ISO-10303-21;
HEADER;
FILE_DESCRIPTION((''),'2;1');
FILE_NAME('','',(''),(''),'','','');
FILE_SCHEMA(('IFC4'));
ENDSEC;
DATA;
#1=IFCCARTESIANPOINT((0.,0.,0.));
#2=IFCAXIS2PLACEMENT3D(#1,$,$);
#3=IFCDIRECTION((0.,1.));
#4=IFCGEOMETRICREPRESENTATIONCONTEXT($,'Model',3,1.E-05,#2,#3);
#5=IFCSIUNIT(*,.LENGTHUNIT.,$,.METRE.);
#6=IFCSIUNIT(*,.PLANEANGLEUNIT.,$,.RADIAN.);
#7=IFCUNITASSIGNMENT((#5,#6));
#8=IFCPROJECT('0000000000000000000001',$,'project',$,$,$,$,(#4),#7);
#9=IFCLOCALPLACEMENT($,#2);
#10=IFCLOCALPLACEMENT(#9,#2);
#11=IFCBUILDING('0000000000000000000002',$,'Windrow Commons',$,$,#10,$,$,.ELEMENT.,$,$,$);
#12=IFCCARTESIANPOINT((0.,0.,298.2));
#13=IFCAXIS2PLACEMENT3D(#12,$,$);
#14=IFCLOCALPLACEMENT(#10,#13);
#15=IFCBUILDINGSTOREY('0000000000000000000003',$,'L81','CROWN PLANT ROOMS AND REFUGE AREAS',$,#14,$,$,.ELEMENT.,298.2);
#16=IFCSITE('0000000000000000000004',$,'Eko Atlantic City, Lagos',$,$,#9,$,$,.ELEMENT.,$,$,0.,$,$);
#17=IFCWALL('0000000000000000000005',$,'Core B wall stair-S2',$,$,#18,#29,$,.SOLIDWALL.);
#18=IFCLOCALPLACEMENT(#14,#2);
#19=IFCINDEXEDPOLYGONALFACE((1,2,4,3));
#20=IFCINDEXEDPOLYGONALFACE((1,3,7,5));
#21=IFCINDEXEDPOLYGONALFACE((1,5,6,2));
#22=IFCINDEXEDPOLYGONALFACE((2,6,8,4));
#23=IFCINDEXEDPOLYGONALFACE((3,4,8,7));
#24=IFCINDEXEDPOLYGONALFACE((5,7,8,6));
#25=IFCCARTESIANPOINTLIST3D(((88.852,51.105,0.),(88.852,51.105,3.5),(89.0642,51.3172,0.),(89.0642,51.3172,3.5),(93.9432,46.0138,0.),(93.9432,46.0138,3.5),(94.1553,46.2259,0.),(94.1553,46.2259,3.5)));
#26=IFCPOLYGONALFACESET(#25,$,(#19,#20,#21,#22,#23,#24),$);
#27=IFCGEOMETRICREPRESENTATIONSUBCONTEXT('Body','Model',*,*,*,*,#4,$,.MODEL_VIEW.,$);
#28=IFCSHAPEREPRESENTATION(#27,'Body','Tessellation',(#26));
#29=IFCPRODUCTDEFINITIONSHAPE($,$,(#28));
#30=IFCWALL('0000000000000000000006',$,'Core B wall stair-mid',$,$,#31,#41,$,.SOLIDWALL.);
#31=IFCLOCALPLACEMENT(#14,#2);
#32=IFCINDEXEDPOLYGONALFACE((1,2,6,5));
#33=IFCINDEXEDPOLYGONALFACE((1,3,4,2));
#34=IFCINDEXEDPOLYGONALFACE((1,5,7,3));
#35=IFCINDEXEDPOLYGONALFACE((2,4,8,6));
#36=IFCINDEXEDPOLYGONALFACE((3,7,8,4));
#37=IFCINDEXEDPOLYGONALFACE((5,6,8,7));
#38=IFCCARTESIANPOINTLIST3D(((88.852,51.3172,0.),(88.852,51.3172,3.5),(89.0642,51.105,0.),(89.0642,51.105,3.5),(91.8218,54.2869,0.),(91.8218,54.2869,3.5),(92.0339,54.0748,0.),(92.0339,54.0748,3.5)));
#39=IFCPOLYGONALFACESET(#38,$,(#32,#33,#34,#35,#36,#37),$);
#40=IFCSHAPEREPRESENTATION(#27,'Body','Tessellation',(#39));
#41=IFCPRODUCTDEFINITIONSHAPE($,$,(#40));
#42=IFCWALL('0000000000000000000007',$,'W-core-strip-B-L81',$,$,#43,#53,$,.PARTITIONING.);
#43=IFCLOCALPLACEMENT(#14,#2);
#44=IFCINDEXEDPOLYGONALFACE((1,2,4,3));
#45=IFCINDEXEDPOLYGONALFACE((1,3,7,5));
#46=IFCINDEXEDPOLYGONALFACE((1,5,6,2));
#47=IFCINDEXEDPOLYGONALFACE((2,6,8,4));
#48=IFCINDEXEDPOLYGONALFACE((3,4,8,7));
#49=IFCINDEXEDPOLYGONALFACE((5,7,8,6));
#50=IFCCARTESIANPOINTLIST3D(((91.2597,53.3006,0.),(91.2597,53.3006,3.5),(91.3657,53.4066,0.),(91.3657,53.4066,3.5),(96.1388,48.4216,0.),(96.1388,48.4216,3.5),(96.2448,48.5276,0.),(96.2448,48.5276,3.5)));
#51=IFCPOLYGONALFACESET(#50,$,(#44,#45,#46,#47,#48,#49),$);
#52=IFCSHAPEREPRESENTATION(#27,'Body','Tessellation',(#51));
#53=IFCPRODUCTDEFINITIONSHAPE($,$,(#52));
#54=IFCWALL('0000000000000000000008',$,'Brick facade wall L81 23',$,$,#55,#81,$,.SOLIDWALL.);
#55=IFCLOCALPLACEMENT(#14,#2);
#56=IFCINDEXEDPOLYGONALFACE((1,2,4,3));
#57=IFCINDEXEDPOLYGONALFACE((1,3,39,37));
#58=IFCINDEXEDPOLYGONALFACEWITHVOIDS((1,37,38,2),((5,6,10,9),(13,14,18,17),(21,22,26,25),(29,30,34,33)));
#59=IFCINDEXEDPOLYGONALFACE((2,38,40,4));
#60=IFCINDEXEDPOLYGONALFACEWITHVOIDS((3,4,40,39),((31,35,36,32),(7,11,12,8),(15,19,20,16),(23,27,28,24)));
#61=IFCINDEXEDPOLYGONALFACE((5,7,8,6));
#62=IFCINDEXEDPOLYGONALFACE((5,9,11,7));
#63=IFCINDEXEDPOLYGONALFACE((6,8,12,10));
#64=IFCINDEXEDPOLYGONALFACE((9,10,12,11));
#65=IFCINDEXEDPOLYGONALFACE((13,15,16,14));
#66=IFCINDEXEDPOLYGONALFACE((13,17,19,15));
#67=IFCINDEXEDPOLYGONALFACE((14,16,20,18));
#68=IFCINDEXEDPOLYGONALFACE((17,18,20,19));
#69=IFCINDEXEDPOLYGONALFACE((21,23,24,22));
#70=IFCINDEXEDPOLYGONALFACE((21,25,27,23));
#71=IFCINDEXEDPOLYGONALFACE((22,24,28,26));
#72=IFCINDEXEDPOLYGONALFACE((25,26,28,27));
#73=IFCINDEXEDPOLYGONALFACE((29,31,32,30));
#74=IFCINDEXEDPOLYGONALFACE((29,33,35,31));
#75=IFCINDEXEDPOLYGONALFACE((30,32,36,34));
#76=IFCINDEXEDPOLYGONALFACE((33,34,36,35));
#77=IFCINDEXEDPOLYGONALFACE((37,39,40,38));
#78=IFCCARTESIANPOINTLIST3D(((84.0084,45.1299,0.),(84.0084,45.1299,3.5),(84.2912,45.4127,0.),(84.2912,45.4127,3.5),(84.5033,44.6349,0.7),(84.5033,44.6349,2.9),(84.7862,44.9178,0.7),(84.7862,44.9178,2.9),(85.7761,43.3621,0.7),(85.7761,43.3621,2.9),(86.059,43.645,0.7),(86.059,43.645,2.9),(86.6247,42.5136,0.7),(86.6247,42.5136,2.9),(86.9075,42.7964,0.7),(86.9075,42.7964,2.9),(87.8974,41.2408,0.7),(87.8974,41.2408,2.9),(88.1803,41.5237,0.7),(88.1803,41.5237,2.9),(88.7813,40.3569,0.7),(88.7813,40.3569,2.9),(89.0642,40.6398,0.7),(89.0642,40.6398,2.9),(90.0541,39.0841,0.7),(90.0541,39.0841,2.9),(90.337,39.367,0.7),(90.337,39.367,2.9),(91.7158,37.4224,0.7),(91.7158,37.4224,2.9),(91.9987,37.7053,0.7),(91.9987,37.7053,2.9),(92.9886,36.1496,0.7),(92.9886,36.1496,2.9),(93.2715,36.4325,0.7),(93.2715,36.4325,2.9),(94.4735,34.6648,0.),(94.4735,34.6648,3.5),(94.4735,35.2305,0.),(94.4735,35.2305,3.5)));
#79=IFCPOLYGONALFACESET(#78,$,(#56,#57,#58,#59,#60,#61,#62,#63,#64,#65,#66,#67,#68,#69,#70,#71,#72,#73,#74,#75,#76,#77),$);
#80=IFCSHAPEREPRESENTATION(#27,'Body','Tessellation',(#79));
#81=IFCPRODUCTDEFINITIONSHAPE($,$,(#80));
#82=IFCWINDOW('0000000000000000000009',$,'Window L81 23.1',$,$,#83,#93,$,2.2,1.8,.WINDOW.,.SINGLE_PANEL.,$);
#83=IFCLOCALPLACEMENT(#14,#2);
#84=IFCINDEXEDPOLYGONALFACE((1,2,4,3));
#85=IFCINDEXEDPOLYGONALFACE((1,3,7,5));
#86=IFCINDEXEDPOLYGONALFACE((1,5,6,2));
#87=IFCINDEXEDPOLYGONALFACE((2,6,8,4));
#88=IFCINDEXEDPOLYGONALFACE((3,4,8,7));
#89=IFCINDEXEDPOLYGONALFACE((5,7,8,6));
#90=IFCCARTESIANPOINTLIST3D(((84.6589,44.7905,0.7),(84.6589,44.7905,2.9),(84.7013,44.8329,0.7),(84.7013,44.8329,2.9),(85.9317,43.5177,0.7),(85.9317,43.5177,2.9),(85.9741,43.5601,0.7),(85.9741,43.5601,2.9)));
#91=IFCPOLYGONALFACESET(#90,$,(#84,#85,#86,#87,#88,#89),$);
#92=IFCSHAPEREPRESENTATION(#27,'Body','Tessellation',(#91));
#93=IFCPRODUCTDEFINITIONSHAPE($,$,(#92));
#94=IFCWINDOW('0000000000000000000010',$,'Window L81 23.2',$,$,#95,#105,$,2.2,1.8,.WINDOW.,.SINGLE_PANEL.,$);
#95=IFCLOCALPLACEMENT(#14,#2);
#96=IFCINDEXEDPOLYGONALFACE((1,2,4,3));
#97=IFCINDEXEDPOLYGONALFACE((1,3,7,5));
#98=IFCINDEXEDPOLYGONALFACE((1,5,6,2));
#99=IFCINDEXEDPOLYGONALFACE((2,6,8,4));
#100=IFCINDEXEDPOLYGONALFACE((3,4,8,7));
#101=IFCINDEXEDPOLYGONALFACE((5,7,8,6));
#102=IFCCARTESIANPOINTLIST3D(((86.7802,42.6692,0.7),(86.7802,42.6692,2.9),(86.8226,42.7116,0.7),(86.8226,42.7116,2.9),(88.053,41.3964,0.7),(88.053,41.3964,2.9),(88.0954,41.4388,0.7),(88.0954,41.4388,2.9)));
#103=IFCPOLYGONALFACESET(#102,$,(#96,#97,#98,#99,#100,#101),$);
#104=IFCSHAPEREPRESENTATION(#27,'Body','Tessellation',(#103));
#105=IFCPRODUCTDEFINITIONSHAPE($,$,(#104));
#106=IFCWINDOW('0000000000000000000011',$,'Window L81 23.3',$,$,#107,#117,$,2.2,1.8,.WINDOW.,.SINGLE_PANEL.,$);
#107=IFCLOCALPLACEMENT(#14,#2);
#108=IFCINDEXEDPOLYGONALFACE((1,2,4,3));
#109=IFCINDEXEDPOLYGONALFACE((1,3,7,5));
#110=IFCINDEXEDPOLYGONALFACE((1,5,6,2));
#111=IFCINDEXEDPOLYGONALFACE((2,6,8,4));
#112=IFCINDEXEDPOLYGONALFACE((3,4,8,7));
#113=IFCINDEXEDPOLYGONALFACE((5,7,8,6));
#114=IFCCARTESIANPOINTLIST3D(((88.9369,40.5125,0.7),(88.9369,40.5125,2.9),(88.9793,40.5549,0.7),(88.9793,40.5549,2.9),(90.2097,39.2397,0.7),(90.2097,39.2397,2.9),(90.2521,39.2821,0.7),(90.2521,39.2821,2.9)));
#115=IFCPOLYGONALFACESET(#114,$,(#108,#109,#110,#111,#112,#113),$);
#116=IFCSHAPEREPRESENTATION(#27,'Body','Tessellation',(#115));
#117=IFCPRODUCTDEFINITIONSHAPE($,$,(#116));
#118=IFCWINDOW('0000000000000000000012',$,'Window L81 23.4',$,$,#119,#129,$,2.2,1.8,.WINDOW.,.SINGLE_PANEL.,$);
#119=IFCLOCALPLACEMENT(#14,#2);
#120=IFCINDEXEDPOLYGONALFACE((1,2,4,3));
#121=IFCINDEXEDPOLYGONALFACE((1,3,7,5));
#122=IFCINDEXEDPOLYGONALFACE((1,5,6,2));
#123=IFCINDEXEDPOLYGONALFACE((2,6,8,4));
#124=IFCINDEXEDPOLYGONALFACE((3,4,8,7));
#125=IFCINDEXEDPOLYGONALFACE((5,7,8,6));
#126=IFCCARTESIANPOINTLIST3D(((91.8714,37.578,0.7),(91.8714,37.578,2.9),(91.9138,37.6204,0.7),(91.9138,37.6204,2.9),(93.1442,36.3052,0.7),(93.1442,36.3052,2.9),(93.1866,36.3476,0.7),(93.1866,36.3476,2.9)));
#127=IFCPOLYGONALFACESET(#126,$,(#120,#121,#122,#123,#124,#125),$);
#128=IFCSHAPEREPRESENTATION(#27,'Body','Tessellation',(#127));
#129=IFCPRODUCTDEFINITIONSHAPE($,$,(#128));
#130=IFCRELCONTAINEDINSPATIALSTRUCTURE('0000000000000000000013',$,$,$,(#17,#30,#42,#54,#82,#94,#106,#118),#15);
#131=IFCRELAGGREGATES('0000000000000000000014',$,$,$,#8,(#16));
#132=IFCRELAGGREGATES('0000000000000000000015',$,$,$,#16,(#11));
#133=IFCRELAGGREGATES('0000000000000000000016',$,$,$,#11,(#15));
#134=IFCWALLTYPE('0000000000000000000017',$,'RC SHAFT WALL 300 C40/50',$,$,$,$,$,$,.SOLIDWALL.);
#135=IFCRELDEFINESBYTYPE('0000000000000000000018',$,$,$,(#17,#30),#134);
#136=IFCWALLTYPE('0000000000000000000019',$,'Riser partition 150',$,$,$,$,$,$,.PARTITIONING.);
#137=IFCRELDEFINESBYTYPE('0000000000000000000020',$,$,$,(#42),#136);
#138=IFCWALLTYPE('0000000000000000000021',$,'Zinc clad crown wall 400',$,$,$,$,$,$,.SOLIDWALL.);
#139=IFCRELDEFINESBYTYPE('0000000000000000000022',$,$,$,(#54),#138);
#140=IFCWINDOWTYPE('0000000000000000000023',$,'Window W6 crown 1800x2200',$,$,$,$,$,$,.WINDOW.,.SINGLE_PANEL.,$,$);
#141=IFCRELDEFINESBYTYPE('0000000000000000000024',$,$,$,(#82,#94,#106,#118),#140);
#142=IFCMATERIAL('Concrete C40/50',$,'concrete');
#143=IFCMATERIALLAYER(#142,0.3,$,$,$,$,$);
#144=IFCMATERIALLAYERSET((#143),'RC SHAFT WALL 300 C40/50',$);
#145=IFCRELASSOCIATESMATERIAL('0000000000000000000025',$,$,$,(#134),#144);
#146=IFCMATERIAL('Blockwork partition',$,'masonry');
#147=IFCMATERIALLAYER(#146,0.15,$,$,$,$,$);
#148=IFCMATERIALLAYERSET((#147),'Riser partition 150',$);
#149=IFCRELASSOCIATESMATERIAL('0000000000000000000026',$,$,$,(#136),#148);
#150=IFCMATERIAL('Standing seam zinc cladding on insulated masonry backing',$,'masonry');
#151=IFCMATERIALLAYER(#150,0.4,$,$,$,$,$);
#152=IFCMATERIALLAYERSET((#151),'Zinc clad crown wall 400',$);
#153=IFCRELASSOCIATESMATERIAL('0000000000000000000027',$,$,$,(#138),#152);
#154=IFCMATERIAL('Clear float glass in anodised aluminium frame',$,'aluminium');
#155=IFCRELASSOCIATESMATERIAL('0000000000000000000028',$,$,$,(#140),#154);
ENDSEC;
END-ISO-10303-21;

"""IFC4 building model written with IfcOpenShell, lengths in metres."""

from ifc_helpers import new_model, si_unit, direction, frame, frame_2d, origin, place, context, subcontext, project, spatial, polyline, rectangle, outline, extrude, material, layer, layer_set, type_object, element, fill, save


model = new_model("IFC4")

# Units and contexts
model_context = context("Model", 3, precision=1e-05, world=origin(), true_north=direction((0.0, 1.0)))
body_context = subcontext(model_context, "Body", "Model", "MODEL_VIEW")
ifc_project = project(units=[si_unit("LENGTHUNIT", "METRE"), si_unit("PLANEANGLEUNIT", "RADIAN")], contexts=[model_context])

# Site, building, storey
site_placement = place(None, origin())
site = spatial("IfcSite", under=ifc_project, at=site_placement, Name="Eko Atlantic City, Lagos", CompositionType="ELEMENT", RefElevation=0.0)
building_placement = place(site_placement, origin())
building = spatial("IfcBuilding", under=site, at=building_placement, Name="Windrow Commons", CompositionType="ELEMENT")
storey_placement = place(building_placement, frame((0.0, 0.0, 298.2)))
storey = spatial("IfcBuildingStorey", under=building, at=storey_placement, Name="L81", Description="CROWN PLANT ROOMS AND REFUGE AREAS", CompositionType="ELEMENT", Elevation=298.2)

# Walls
ifc_material_1 = material(Name="Concrete C40/50", Category="concrete")
ifc_layer_1 = layer(ifc_material_1, 0.3)
ifc_layer_set_1 = layer_set([ifc_layer_1], Name="RC SHAFT WALL 300 C40/50")
wall_type_1 = type_object("IfcWallType", Name="RC SHAFT WALL 300 C40/50", PredefinedType="SOLIDWALL", material=ifc_layer_set_1)
wall_1_placement = place(storey_placement, frame((88.9581, 51.2111, 0.0), z_axis=(0.0, 0.0, 1.0), x_axis=(0.7071, -0.707114, 0.0)))
element("IfcWall", 1, at=wall_1_placement, inside=storey, type_object=wall_type_1, Name="Core B wall stair-S2", PredefinedType="SOLIDWALL", context=body_context, shape_type="SweptSolid", body=[
    extrude(outline(polyline([(0.0, 0.0), (7.2, 0.0), (7.2, 3.5), (0.0, 3.5), (0.0, 0.0)])), frame((0.0, 0.15, 0.0), z_axis=(0.0, -1.0, 0.0), x_axis=(1.0, 0.0, 0.0)), (0.0, 0.0, 1.0), 0.3),
])
wall_2_placement = place(storey_placement, frame((88.9581, 51.2111, 0.0), z_axis=(0.0, 0.0, 1.0), x_axis=(0.707107, 0.707107, 0.0)))
element("IfcWall", 2, at=wall_2_placement, inside=storey, type_object=wall_type_1, Name="Core B wall stair-mid", PredefinedType="SOLIDWALL", context=body_context, shape_type="SweptSolid", body=[
    extrude(outline(polyline([(0.0, 0.0), (4.1999, 0.0), (4.1999, 3.5), (0.0, 3.5), (0.0, 0.0)])), frame((0.0, 0.15, 0.0), z_axis=(0.0, -1.0, 0.0), x_axis=(1.0, 0.0, 0.0)), (0.0, 0.0, 1.0), 0.3),
])
ifc_material_2 = material(Name="Blockwork partition", Category="masonry")
ifc_layer_2 = layer(ifc_material_2, 0.15)
ifc_layer_set_2 = layer_set([ifc_layer_2], Name="Riser partition 150")
wall_type_2 = type_object("IfcWallType", Name="Riser partition 150", PredefinedType="PARTITIONING", material=ifc_layer_set_2)
wall_3_placement = place(storey_placement, frame((91.3127, 53.3536, 0.0), z_axis=(0.0, 0.0, 1.0), x_axis=(0.707114, -0.7071, 0.0)))
element("IfcWall", 3, at=wall_3_placement, inside=storey, type_object=wall_type_2, Name="W-core-strip-B-L81", PredefinedType="PARTITIONING", context=body_context, shape_type="SweptSolid", body=[
    extrude(outline(polyline([(0.0, 0.0), (6.9, 0.0), (6.9, 3.5), (0.0, 3.5), (0.0, 0.0)])), frame((0.0, 0.075, 0.0), z_axis=(0.0, -1.0, 0.0), x_axis=(1.0, 0.0, 0.0)), (0.0, 0.0, 1.0), 0.15),
])

# Wall, openings, windows
ifc_material_3 = material(Name="Standing seam zinc cladding on insulated masonry backing", Category="masonry")
ifc_layer_3 = layer(ifc_material_3, 0.4)
ifc_layer_set_3 = layer_set([ifc_layer_3], Name="Zinc clad crown wall 400")
wall_type_3 = type_object("IfcWallType", Name="Zinc clad crown wall 400", PredefinedType="SOLIDWALL", material=ifc_layer_set_3)
wall_4_placement = place(storey_placement, frame((84.2912, 45.1299, 0.0), z_axis=(0.0, 0.0, 1.0), x_axis=(0.707107, -0.707107, 0.0)))
wall_4 = element("IfcWall", 4, at=wall_4_placement, inside=storey, type_object=wall_type_3, Name="Brick facade wall L81 23", PredefinedType="SOLIDWALL", context=body_context, shape_type="SweptSolid", body=[
    extrude(outline(polyline([(-0.2, -0.2), (14.5999, -0.2), (14.1999, 0.2), (-0.2, 0.2), (-0.2, -0.2)])), origin(), (0.0, 0.0, 1.0), 3.5),
])
opening_1_placement = place(wall_4_placement, frame((0.5, 0.0, 0.7)))
opening_1 = element("IfcOpeningElement", 5, at=opening_1_placement, cuts=wall_4, PredefinedType="OPENING", context=body_context, shape_type="SweptSolid", body=[
    extrude(rectangle(XDim=1.8, YDim=2.2, at=frame_2d((0.9, 1.1))), frame((0.0, 0.21, 0.0), z_axis=(0.0, -1.0, 0.0), x_axis=(1.0, 0.0, 0.0)), (0.0, 0.0, 1.0), 0.42),
])
opening_2_placement = place(wall_4_placement, frame((3.5, 0.0, 0.7)))
opening_2 = element("IfcOpeningElement", 6, at=opening_2_placement, cuts=wall_4, PredefinedType="OPENING", context=body_context, shape_type="SweptSolid", body=[
    extrude(rectangle(XDim=1.8, YDim=2.2, at=frame_2d((0.9, 1.1))), frame((0.0, 0.21, 0.0), z_axis=(0.0, -1.0, 0.0), x_axis=(1.0, 0.0, 0.0)), (0.0, 0.0, 1.0), 0.42),
])
opening_3_placement = place(wall_4_placement, frame((6.55, 0.0, 0.7)))
opening_3 = element("IfcOpeningElement", 7, at=opening_3_placement, cuts=wall_4, PredefinedType="OPENING", context=body_context, shape_type="SweptSolid", body=[
    extrude(rectangle(XDim=1.8, YDim=2.2, at=frame_2d((0.9, 1.1))), frame((0.0, 0.21, 0.0), z_axis=(0.0, -1.0, 0.0), x_axis=(1.0, 0.0, 0.0)), (0.0, 0.0, 1.0), 0.42),
])
opening_4_placement = place(wall_4_placement, frame((10.7, 0.0, 0.7)))
opening_4 = element("IfcOpeningElement", 8, at=opening_4_placement, cuts=wall_4, PredefinedType="OPENING", context=body_context, shape_type="SweptSolid", body=[
    extrude(rectangle(XDim=1.8, YDim=2.2, at=frame_2d((0.9, 1.1))), frame((0.0, 0.21, 0.0), z_axis=(0.0, -1.0, 0.0), x_axis=(1.0, 0.0, 0.0)), (0.0, 0.0, 1.0), 0.42),
])
ifc_material_4 = material(Name="Clear float glass in anodised aluminium frame", Category="aluminium")
window_type = type_object("IfcWindowType", Name="Window W6 crown 1800x2200", PartitioningType="SINGLE_PANEL", PredefinedType="WINDOW", material=ifc_material_4)
window_1_placement = place(opening_1_placement, origin())
window_1 = element("IfcWindow", 9, at=window_1_placement, inside=storey, type_object=window_type, Name="Window L81 23.1", OverallHeight=2.2, OverallWidth=1.8, PartitioningType="SINGLE_PANEL", PredefinedType="WINDOW", context=body_context, shape_type="SweptSolid", body=[
    extrude(rectangle(XDim=1.8, YDim=2.2, at=frame_2d((0.9, 1.1))), frame((0.0, 0.08, 0.0), z_axis=(0.0, -1.0, 0.0), x_axis=(1.0, 0.0, 0.0)), (0.0, 0.0, 1.0), 0.06),
])
fill(opening_1, window_1)
window_2_placement = place(opening_2_placement, origin())
window_2 = element("IfcWindow", 10, at=window_2_placement, inside=storey, type_object=window_type, Name="Window L81 23.2", OverallHeight=2.2, OverallWidth=1.8, PartitioningType="SINGLE_PANEL", PredefinedType="WINDOW", context=body_context, shape_type="SweptSolid", body=[
    extrude(rectangle(XDim=1.8, YDim=2.2, at=frame_2d((0.9, 1.1))), frame((0.0, 0.08, 0.0), z_axis=(0.0, -1.0, 0.0), x_axis=(1.0, 0.0, 0.0)), (0.0, 0.0, 1.0), 0.06),
])
fill(opening_2, window_2)
window_3_placement = place(opening_3_placement, origin())
window_3 = element("IfcWindow", 11, at=window_3_placement, inside=storey, type_object=window_type, Name="Window L81 23.3", OverallHeight=2.2, OverallWidth=1.8, PartitioningType="SINGLE_PANEL", PredefinedType="WINDOW", context=body_context, shape_type="SweptSolid", body=[
    extrude(rectangle(XDim=1.8, YDim=2.2, at=frame_2d((0.9, 1.1))), frame((0.0, 0.08, 0.0), z_axis=(0.0, -1.0, 0.0), x_axis=(1.0, 0.0, 0.0)), (0.0, 0.0, 1.0), 0.06),
])
fill(opening_3, window_3)
window_4_placement = place(opening_4_placement, origin())
window_4 = element("IfcWindow", 12, at=window_4_placement, inside=storey, type_object=window_type, Name="Window L81 23.4", OverallHeight=2.2, OverallWidth=1.8, PartitioningType="SINGLE_PANEL", PredefinedType="WINDOW", context=body_context, shape_type="SweptSolid", body=[
    extrude(rectangle(XDim=1.8, YDim=2.2, at=frame_2d((0.9, 1.1))), frame((0.0, 0.08, 0.0), z_axis=(0.0, -1.0, 0.0), x_axis=(1.0, 0.0, 0.0)), (0.0, 0.0, 1.0), 0.06),
])
fill(opening_4, window_4)

save(model, "model.ifc")
